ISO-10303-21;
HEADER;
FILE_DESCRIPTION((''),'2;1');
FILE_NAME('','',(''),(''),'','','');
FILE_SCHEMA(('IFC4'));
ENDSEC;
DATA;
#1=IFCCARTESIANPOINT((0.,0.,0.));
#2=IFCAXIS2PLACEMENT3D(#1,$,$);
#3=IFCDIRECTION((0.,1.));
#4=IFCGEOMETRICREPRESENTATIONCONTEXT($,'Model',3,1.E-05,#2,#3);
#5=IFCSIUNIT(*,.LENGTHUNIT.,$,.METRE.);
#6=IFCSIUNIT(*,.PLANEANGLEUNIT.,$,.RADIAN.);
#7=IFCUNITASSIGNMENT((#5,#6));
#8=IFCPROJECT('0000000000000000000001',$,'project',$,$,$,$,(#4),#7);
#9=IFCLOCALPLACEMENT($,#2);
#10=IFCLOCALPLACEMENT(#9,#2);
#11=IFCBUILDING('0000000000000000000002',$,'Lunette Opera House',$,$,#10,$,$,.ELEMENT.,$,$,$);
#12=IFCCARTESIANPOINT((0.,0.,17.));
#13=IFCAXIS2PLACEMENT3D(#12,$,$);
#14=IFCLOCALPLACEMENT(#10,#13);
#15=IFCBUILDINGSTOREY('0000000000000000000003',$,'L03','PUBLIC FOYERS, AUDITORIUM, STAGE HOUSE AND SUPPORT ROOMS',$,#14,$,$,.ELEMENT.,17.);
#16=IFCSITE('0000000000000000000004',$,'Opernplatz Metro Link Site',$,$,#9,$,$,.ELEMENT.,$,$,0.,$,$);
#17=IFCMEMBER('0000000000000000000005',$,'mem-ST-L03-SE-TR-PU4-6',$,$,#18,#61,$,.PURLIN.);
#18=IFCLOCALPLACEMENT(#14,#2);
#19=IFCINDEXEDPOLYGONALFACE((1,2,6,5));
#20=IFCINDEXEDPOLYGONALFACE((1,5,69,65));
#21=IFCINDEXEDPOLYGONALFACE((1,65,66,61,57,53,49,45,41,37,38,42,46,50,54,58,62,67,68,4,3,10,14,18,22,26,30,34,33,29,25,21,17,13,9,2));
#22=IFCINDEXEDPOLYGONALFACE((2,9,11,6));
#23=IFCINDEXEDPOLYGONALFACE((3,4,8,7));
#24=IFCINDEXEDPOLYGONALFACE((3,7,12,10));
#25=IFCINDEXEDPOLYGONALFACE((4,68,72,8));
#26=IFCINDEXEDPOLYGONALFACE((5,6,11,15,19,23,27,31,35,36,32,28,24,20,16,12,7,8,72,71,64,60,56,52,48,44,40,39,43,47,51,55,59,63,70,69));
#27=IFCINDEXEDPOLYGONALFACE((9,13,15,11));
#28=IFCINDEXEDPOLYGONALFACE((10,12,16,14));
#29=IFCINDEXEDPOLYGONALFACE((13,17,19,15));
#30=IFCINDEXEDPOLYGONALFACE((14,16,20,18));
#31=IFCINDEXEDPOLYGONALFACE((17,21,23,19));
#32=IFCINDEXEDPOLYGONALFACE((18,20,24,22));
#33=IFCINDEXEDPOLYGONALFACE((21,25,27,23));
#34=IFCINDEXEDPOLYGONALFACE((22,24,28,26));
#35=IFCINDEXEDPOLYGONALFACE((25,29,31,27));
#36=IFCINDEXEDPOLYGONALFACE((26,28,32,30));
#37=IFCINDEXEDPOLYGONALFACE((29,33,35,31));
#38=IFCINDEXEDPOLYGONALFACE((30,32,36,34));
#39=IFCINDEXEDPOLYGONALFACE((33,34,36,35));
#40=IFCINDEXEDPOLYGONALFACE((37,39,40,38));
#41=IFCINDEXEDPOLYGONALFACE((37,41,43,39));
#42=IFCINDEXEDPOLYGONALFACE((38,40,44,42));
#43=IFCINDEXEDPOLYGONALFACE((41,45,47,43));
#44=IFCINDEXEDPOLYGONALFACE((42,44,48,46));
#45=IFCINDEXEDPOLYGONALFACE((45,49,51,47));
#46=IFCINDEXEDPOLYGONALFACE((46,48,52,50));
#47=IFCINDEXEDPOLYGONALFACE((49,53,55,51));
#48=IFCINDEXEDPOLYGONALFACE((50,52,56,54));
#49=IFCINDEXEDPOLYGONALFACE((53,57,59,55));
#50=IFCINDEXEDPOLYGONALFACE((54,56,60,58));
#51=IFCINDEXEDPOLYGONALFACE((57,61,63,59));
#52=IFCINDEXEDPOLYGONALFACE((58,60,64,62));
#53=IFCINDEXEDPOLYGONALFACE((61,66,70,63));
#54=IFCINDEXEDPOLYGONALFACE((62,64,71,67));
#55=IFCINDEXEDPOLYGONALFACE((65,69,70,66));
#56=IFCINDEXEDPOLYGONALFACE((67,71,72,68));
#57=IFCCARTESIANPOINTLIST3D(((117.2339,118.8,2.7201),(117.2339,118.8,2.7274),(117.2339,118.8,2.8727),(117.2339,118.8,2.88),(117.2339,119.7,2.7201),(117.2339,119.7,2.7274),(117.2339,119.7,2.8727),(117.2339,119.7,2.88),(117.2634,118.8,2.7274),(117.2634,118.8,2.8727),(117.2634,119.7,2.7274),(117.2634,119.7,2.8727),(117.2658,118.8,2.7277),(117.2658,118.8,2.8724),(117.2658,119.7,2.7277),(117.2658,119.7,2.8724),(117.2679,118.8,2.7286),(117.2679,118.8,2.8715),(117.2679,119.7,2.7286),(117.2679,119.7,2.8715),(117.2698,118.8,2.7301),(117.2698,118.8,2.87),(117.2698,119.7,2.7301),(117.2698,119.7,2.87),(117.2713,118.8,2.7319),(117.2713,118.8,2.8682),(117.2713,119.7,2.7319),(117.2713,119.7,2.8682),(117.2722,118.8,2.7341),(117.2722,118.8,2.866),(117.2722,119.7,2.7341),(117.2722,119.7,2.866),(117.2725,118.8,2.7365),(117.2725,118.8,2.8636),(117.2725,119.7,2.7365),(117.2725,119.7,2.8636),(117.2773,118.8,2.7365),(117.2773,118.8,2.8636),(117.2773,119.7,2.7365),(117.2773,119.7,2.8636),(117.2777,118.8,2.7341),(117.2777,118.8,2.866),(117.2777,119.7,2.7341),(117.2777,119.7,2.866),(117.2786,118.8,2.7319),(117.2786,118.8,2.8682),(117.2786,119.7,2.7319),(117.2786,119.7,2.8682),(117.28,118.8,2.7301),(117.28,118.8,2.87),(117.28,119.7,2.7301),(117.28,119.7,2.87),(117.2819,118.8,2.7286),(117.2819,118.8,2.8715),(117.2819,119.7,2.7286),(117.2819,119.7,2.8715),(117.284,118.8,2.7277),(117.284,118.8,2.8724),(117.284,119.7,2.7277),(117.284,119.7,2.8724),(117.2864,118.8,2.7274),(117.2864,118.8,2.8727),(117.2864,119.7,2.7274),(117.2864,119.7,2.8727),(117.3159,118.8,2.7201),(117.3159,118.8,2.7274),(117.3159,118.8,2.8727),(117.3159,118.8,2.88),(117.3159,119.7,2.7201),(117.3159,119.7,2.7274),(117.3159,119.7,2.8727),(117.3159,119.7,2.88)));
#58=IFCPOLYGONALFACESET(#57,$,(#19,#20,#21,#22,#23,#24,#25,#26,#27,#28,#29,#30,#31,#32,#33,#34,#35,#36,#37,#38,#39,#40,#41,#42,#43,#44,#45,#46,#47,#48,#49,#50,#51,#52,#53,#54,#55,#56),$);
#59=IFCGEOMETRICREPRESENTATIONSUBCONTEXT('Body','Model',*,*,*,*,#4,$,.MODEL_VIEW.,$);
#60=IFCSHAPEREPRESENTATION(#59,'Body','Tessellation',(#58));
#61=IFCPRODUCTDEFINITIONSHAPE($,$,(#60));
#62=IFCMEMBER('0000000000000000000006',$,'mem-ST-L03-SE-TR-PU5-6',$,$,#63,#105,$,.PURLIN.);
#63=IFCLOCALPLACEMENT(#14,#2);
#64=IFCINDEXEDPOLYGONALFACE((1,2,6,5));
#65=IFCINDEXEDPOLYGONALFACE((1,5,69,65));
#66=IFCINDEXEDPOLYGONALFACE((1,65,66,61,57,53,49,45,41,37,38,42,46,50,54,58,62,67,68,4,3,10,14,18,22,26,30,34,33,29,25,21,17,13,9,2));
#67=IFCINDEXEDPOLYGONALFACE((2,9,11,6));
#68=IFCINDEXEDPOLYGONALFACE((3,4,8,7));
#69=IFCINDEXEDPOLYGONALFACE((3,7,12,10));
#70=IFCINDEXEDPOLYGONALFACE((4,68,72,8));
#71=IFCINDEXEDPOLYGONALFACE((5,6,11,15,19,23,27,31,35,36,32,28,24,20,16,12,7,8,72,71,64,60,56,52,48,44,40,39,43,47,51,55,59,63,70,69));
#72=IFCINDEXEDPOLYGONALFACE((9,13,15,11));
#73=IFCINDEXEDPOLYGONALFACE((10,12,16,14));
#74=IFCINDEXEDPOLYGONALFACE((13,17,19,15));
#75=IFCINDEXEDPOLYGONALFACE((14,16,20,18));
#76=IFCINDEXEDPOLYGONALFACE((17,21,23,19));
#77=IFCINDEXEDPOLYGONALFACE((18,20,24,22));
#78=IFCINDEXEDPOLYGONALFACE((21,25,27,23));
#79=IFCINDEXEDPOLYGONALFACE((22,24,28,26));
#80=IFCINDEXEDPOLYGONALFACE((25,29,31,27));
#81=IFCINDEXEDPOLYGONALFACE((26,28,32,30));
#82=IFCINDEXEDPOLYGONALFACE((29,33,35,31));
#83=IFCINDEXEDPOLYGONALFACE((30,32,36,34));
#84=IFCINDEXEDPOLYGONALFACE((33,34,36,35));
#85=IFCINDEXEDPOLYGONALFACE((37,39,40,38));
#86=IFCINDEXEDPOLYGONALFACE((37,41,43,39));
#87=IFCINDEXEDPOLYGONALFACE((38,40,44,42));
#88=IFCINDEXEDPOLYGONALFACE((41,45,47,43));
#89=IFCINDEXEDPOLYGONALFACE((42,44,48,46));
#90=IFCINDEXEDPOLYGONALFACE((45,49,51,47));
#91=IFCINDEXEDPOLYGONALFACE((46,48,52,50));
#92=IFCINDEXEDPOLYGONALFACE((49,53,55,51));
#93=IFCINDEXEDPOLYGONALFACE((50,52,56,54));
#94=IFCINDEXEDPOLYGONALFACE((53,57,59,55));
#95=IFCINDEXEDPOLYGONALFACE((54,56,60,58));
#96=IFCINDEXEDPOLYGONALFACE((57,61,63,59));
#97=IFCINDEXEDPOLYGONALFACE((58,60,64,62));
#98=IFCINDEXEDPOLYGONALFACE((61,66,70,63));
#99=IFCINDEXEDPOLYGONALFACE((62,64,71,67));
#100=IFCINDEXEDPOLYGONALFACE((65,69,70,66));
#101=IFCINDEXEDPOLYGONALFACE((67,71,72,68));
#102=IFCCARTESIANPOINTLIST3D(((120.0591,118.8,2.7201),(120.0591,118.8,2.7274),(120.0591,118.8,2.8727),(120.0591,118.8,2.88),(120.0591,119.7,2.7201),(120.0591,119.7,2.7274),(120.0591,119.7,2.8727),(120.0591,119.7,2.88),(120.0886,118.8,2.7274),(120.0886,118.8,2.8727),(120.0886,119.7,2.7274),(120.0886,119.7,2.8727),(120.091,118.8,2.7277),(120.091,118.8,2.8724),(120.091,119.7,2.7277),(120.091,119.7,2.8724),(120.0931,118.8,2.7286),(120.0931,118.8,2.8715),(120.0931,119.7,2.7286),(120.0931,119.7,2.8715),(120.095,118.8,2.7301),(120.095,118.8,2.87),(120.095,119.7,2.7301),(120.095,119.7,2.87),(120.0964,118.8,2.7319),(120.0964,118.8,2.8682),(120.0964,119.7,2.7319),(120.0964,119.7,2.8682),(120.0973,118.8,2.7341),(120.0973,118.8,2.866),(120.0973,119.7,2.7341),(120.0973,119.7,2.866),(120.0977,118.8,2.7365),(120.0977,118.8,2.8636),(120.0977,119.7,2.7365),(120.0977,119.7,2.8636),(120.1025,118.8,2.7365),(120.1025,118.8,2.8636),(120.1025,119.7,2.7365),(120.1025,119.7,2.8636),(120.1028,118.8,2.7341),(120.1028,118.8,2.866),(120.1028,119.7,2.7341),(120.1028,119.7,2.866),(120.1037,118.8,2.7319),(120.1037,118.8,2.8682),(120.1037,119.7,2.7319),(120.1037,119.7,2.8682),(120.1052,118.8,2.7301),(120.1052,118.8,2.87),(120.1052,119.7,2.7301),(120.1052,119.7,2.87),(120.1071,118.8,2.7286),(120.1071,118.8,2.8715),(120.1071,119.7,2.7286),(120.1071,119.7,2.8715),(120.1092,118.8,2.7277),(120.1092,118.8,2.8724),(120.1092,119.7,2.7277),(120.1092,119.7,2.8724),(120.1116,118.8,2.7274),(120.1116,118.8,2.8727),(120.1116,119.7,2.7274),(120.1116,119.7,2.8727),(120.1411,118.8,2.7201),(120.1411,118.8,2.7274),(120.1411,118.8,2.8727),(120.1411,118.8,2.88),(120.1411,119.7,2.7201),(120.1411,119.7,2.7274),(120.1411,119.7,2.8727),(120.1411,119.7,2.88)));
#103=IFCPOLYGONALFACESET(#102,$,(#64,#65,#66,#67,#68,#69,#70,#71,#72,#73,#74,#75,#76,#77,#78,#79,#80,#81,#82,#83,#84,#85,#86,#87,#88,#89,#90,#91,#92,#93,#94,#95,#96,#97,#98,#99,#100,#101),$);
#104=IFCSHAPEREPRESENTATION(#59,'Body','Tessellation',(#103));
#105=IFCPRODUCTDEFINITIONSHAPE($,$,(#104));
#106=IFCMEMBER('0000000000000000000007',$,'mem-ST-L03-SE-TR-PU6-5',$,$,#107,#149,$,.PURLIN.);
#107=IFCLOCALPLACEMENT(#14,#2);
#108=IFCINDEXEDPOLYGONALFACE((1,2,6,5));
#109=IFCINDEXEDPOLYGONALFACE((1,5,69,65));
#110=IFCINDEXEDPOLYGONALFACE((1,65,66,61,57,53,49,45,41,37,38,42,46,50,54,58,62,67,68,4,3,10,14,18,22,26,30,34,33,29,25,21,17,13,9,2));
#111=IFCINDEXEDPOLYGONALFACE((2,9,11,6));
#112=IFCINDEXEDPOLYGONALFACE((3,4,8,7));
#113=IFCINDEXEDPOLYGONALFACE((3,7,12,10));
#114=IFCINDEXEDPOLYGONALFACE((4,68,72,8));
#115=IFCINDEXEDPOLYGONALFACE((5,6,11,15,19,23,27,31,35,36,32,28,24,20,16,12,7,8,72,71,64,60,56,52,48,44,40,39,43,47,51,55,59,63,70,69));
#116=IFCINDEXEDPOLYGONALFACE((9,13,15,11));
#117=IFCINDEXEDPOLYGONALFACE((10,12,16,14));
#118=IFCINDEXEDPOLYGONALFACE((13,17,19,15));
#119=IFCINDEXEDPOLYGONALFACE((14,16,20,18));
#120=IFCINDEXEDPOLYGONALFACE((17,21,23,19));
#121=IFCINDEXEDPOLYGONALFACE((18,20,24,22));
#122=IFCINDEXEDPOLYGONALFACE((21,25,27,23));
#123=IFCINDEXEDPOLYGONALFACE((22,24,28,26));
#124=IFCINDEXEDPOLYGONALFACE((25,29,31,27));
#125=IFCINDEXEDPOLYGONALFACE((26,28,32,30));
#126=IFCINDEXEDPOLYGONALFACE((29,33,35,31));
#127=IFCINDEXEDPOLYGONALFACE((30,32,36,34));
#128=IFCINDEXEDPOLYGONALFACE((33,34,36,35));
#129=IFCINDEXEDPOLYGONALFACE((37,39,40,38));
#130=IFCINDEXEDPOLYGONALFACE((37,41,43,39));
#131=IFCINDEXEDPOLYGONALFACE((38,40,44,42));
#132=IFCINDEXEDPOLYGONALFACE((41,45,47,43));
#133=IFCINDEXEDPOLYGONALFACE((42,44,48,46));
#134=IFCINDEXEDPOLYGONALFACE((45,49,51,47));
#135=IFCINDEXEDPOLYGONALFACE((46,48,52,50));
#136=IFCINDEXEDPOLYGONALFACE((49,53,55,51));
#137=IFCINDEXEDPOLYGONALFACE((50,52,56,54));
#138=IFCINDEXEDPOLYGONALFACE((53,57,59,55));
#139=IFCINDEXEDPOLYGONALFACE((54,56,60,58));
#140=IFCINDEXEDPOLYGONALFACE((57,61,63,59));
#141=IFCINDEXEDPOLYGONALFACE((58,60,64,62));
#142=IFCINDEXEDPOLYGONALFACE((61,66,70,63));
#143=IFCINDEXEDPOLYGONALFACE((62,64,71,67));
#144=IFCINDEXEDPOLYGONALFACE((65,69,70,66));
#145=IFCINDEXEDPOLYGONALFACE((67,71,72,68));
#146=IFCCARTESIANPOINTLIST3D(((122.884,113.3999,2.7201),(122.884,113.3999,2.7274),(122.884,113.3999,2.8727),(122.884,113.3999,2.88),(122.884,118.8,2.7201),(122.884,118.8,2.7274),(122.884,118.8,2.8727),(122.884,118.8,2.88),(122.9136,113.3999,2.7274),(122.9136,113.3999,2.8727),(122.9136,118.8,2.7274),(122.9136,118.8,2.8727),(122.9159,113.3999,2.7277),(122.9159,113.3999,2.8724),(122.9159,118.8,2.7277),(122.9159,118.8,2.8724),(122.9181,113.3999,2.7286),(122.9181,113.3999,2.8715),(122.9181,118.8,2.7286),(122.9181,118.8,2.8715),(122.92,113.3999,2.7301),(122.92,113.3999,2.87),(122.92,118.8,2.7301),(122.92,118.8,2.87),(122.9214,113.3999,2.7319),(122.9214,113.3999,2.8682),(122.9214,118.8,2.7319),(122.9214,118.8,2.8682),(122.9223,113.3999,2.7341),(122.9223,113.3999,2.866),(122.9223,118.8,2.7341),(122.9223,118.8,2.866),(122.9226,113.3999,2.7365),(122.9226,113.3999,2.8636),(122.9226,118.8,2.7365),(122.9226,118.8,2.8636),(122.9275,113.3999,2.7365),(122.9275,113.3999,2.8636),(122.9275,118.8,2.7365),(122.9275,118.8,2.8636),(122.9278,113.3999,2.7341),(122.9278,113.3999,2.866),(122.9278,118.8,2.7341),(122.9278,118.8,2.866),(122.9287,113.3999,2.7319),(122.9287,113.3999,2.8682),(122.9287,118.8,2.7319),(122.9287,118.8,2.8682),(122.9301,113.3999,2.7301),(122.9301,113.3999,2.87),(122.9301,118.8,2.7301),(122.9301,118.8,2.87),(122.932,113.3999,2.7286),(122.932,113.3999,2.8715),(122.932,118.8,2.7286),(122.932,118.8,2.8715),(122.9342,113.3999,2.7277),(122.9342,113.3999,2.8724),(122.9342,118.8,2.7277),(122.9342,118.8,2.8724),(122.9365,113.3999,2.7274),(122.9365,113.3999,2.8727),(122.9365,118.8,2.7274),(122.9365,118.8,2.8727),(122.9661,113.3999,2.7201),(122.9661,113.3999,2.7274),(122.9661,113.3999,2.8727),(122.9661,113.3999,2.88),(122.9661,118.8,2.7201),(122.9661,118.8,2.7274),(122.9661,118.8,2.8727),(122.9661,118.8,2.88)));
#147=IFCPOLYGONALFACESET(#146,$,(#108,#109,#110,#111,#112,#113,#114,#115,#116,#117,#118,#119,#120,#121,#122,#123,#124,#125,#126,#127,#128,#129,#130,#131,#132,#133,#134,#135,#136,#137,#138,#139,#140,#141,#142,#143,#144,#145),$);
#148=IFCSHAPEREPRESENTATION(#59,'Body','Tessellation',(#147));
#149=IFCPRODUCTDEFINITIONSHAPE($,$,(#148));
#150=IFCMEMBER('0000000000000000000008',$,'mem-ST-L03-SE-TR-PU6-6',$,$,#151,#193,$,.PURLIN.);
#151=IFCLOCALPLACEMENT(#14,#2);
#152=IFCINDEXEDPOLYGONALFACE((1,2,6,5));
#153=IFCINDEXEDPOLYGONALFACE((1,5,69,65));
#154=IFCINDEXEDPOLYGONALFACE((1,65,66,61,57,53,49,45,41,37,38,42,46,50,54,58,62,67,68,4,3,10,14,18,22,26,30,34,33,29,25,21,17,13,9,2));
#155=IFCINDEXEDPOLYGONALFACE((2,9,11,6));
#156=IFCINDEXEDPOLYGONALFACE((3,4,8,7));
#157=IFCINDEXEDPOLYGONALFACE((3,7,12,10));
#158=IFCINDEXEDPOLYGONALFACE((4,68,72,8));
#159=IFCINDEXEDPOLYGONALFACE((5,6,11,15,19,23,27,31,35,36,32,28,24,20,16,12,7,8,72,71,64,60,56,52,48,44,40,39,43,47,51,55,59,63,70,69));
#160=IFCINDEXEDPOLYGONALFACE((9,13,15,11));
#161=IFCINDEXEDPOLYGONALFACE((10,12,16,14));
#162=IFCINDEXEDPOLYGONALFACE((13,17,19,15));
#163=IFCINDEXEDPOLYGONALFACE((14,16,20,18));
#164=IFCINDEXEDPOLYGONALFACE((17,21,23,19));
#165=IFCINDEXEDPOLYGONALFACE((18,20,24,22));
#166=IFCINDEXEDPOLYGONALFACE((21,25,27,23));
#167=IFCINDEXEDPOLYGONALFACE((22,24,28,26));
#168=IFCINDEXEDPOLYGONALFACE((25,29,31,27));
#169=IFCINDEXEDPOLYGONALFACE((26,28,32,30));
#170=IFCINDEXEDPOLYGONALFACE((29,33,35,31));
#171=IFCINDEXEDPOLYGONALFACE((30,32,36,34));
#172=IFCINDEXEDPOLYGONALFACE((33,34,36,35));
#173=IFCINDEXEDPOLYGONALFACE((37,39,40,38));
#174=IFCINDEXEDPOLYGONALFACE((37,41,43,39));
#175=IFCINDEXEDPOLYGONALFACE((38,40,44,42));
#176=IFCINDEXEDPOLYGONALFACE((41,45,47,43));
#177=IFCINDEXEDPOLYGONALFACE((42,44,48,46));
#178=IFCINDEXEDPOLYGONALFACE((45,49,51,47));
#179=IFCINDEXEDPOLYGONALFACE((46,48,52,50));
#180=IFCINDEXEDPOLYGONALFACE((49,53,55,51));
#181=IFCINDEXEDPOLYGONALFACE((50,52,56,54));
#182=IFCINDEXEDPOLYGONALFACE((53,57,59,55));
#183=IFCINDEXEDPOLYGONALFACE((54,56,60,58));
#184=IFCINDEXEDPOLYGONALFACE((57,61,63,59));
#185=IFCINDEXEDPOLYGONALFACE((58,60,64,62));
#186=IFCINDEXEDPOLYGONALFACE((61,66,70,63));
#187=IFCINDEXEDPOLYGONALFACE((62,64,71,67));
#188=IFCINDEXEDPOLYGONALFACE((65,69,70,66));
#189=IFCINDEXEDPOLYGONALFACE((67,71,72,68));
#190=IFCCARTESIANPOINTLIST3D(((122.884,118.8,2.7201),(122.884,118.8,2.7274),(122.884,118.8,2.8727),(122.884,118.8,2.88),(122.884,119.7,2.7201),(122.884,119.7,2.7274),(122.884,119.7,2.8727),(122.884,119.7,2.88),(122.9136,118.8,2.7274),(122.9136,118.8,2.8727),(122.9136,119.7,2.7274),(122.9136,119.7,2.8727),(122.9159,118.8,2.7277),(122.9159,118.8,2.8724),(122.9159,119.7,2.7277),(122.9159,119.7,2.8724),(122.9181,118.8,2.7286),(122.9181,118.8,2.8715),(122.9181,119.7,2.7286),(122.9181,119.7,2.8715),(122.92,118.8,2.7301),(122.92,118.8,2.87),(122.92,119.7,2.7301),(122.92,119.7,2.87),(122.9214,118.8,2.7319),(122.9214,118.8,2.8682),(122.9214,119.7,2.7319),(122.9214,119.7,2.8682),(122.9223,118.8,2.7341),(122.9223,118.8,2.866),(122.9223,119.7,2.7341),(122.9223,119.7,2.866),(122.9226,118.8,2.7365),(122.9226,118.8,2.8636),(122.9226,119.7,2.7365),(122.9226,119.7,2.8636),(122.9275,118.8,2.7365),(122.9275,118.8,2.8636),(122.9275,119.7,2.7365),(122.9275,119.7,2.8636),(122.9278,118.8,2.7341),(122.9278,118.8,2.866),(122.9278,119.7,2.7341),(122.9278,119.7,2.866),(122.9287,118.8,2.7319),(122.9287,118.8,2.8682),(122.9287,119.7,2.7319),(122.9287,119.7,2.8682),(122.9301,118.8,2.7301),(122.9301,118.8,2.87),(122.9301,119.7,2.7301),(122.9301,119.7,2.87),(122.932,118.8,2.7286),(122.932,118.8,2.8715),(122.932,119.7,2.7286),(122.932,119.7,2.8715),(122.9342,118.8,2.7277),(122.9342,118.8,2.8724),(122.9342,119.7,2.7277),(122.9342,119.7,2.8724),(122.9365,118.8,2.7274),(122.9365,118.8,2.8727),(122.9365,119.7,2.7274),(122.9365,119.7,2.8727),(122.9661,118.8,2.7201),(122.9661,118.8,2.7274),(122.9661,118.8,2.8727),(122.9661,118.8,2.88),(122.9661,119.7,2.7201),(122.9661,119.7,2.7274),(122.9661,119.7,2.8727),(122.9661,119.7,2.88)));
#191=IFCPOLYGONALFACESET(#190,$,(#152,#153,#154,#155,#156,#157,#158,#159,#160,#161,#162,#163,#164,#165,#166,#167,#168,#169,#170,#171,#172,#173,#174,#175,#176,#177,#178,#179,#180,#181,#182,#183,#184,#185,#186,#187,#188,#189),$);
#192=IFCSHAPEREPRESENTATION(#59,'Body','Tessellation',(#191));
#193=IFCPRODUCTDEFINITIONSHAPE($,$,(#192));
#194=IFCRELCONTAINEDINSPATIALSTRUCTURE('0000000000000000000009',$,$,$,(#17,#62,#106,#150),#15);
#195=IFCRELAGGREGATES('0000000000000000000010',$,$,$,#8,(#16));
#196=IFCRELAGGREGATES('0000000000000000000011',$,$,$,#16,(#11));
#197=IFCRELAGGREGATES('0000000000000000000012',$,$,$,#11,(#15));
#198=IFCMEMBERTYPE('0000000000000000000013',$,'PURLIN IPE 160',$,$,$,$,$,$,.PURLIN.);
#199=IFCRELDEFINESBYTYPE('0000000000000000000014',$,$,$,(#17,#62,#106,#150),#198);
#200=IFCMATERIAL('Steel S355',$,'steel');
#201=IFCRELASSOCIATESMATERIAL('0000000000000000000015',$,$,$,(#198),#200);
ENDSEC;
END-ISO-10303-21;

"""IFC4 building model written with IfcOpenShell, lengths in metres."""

from ifc_helpers import new_model, si_unit, direction, frame, origin, origin_2d, place, context, subcontext, project, spatial, i_section, extrude, material, material_profile, profile_set, type_object, element, save


model = new_model("IFC4")

# Units and contexts
model_context = context("Model", 3, precision=1e-05, world=origin(), true_north=direction((0.0, 1.0)))
body_context = subcontext(model_context, "Body", "Model", "MODEL_VIEW")
ifc_project = project(units=[si_unit("LENGTHUNIT", "METRE"), si_unit("PLANEANGLEUNIT", "RADIAN")], contexts=[model_context])

# Site, building, storey
site_placement = place(None, origin())
site = spatial("IfcSite", under=ifc_project, at=site_placement, Name="Opernplatz Metro Link Site", CompositionType="ELEMENT", RefElevation=0.0)
building_placement = place(site_placement, origin())
building = spatial("IfcBuilding", under=site, at=building_placement, Name="Lunette Opera House", CompositionType="ELEMENT")
storey_placement = place(building_placement, frame((0.0, 0.0, 17.0)))
storey = spatial("IfcBuildingStorey", under=building, at=storey_placement, Name="L03", Description="PUBLIC FOYERS, AUDITORIUM, STAGE HOUSE AND SUPPORT ROOMS", CompositionType="ELEMENT", Elevation=17.0)

# Members
ifc_material_1 = material(Name="Steel S355", Category="steel")
ifc_material_profile_1 = material_profile(ifc_material_1, i_section(OverallWidth=0.082, OverallDepth=0.1599, WebThickness=0.0049, FlangeThickness=0.0073, FilletRadius=0.009, at=origin_2d()), Name="IPE 160")
ifc_profile_set_1 = profile_set([ifc_material_profile_1], Name="Steel S355")
member_type_1 = type_object("IfcMemberType", Name="PURLIN IPE 160", PredefinedType="PURLIN", material=ifc_profile_set_1)
for number, where, z_axis, x_axis, name in (
    (1, (117.2749, 118.8, 2.8), (0.0, 1.0, 0.0), (-1.0, 0.0, 0.0), "mem-ST-L03-SE-TR-PU4-6"),
    (2, (120.1001, 118.8, 2.8), (0.0, 1.0, 0.0), (-1.0, 0.0, 0.0), "mem-ST-L03-SE-TR-PU5-6"),
):
    element("IfcMember", number, at=place(storey_placement, frame(where, z_axis=z_axis, x_axis=x_axis)), inside=storey, type_object=member_type_1, Name=name, PredefinedType="PURLIN", context=body_context, shape_type="SweptSolid", body=[
        extrude(i_section(OverallWidth=0.082, OverallDepth=0.1599, WebThickness=0.0049, FlangeThickness=0.0073, FilletRadius=0.009, at=origin_2d()), origin(), (0.0, 0.0, 1.0), 0.8999),
    ])
member_1_placement = place(storey_placement, frame((122.925, 113.3999, 2.8), z_axis=(0.0, 1.0, 0.0), x_axis=(-1.0, 0.0, 0.0)))
element("IfcMember", 3, at=member_1_placement, inside=storey, type_object=member_type_1, Name="mem-ST-L03-SE-TR-PU6-5", PredefinedType="PURLIN", context=body_context, shape_type="SweptSolid", body=[
    extrude(i_section(OverallWidth=0.082, OverallDepth=0.1599, WebThickness=0.0049, FlangeThickness=0.0073, FilletRadius=0.009, at=origin_2d()), origin(), (0.0, 0.0, 1.0), 5.4001),
])
member_2_placement = place(storey_placement, frame((122.925, 118.8, 2.8), z_axis=(0.0, 1.0, 0.0), x_axis=(-1.0, 0.0, 0.0)))
element("IfcMember", 4, at=member_2_placement, inside=storey, type_object=member_type_1, Name="mem-ST-L03-SE-TR-PU6-6", PredefinedType="PURLIN", context=body_context, shape_type="SweptSolid", body=[
    extrude(i_section(OverallWidth=0.082, OverallDepth=0.1599, WebThickness=0.0049, FlangeThickness=0.0073, FilletRadius=0.009, at=origin_2d()), origin(), (0.0, 0.0, 1.0), 0.8999),
])

save(model, "model.ifc")
